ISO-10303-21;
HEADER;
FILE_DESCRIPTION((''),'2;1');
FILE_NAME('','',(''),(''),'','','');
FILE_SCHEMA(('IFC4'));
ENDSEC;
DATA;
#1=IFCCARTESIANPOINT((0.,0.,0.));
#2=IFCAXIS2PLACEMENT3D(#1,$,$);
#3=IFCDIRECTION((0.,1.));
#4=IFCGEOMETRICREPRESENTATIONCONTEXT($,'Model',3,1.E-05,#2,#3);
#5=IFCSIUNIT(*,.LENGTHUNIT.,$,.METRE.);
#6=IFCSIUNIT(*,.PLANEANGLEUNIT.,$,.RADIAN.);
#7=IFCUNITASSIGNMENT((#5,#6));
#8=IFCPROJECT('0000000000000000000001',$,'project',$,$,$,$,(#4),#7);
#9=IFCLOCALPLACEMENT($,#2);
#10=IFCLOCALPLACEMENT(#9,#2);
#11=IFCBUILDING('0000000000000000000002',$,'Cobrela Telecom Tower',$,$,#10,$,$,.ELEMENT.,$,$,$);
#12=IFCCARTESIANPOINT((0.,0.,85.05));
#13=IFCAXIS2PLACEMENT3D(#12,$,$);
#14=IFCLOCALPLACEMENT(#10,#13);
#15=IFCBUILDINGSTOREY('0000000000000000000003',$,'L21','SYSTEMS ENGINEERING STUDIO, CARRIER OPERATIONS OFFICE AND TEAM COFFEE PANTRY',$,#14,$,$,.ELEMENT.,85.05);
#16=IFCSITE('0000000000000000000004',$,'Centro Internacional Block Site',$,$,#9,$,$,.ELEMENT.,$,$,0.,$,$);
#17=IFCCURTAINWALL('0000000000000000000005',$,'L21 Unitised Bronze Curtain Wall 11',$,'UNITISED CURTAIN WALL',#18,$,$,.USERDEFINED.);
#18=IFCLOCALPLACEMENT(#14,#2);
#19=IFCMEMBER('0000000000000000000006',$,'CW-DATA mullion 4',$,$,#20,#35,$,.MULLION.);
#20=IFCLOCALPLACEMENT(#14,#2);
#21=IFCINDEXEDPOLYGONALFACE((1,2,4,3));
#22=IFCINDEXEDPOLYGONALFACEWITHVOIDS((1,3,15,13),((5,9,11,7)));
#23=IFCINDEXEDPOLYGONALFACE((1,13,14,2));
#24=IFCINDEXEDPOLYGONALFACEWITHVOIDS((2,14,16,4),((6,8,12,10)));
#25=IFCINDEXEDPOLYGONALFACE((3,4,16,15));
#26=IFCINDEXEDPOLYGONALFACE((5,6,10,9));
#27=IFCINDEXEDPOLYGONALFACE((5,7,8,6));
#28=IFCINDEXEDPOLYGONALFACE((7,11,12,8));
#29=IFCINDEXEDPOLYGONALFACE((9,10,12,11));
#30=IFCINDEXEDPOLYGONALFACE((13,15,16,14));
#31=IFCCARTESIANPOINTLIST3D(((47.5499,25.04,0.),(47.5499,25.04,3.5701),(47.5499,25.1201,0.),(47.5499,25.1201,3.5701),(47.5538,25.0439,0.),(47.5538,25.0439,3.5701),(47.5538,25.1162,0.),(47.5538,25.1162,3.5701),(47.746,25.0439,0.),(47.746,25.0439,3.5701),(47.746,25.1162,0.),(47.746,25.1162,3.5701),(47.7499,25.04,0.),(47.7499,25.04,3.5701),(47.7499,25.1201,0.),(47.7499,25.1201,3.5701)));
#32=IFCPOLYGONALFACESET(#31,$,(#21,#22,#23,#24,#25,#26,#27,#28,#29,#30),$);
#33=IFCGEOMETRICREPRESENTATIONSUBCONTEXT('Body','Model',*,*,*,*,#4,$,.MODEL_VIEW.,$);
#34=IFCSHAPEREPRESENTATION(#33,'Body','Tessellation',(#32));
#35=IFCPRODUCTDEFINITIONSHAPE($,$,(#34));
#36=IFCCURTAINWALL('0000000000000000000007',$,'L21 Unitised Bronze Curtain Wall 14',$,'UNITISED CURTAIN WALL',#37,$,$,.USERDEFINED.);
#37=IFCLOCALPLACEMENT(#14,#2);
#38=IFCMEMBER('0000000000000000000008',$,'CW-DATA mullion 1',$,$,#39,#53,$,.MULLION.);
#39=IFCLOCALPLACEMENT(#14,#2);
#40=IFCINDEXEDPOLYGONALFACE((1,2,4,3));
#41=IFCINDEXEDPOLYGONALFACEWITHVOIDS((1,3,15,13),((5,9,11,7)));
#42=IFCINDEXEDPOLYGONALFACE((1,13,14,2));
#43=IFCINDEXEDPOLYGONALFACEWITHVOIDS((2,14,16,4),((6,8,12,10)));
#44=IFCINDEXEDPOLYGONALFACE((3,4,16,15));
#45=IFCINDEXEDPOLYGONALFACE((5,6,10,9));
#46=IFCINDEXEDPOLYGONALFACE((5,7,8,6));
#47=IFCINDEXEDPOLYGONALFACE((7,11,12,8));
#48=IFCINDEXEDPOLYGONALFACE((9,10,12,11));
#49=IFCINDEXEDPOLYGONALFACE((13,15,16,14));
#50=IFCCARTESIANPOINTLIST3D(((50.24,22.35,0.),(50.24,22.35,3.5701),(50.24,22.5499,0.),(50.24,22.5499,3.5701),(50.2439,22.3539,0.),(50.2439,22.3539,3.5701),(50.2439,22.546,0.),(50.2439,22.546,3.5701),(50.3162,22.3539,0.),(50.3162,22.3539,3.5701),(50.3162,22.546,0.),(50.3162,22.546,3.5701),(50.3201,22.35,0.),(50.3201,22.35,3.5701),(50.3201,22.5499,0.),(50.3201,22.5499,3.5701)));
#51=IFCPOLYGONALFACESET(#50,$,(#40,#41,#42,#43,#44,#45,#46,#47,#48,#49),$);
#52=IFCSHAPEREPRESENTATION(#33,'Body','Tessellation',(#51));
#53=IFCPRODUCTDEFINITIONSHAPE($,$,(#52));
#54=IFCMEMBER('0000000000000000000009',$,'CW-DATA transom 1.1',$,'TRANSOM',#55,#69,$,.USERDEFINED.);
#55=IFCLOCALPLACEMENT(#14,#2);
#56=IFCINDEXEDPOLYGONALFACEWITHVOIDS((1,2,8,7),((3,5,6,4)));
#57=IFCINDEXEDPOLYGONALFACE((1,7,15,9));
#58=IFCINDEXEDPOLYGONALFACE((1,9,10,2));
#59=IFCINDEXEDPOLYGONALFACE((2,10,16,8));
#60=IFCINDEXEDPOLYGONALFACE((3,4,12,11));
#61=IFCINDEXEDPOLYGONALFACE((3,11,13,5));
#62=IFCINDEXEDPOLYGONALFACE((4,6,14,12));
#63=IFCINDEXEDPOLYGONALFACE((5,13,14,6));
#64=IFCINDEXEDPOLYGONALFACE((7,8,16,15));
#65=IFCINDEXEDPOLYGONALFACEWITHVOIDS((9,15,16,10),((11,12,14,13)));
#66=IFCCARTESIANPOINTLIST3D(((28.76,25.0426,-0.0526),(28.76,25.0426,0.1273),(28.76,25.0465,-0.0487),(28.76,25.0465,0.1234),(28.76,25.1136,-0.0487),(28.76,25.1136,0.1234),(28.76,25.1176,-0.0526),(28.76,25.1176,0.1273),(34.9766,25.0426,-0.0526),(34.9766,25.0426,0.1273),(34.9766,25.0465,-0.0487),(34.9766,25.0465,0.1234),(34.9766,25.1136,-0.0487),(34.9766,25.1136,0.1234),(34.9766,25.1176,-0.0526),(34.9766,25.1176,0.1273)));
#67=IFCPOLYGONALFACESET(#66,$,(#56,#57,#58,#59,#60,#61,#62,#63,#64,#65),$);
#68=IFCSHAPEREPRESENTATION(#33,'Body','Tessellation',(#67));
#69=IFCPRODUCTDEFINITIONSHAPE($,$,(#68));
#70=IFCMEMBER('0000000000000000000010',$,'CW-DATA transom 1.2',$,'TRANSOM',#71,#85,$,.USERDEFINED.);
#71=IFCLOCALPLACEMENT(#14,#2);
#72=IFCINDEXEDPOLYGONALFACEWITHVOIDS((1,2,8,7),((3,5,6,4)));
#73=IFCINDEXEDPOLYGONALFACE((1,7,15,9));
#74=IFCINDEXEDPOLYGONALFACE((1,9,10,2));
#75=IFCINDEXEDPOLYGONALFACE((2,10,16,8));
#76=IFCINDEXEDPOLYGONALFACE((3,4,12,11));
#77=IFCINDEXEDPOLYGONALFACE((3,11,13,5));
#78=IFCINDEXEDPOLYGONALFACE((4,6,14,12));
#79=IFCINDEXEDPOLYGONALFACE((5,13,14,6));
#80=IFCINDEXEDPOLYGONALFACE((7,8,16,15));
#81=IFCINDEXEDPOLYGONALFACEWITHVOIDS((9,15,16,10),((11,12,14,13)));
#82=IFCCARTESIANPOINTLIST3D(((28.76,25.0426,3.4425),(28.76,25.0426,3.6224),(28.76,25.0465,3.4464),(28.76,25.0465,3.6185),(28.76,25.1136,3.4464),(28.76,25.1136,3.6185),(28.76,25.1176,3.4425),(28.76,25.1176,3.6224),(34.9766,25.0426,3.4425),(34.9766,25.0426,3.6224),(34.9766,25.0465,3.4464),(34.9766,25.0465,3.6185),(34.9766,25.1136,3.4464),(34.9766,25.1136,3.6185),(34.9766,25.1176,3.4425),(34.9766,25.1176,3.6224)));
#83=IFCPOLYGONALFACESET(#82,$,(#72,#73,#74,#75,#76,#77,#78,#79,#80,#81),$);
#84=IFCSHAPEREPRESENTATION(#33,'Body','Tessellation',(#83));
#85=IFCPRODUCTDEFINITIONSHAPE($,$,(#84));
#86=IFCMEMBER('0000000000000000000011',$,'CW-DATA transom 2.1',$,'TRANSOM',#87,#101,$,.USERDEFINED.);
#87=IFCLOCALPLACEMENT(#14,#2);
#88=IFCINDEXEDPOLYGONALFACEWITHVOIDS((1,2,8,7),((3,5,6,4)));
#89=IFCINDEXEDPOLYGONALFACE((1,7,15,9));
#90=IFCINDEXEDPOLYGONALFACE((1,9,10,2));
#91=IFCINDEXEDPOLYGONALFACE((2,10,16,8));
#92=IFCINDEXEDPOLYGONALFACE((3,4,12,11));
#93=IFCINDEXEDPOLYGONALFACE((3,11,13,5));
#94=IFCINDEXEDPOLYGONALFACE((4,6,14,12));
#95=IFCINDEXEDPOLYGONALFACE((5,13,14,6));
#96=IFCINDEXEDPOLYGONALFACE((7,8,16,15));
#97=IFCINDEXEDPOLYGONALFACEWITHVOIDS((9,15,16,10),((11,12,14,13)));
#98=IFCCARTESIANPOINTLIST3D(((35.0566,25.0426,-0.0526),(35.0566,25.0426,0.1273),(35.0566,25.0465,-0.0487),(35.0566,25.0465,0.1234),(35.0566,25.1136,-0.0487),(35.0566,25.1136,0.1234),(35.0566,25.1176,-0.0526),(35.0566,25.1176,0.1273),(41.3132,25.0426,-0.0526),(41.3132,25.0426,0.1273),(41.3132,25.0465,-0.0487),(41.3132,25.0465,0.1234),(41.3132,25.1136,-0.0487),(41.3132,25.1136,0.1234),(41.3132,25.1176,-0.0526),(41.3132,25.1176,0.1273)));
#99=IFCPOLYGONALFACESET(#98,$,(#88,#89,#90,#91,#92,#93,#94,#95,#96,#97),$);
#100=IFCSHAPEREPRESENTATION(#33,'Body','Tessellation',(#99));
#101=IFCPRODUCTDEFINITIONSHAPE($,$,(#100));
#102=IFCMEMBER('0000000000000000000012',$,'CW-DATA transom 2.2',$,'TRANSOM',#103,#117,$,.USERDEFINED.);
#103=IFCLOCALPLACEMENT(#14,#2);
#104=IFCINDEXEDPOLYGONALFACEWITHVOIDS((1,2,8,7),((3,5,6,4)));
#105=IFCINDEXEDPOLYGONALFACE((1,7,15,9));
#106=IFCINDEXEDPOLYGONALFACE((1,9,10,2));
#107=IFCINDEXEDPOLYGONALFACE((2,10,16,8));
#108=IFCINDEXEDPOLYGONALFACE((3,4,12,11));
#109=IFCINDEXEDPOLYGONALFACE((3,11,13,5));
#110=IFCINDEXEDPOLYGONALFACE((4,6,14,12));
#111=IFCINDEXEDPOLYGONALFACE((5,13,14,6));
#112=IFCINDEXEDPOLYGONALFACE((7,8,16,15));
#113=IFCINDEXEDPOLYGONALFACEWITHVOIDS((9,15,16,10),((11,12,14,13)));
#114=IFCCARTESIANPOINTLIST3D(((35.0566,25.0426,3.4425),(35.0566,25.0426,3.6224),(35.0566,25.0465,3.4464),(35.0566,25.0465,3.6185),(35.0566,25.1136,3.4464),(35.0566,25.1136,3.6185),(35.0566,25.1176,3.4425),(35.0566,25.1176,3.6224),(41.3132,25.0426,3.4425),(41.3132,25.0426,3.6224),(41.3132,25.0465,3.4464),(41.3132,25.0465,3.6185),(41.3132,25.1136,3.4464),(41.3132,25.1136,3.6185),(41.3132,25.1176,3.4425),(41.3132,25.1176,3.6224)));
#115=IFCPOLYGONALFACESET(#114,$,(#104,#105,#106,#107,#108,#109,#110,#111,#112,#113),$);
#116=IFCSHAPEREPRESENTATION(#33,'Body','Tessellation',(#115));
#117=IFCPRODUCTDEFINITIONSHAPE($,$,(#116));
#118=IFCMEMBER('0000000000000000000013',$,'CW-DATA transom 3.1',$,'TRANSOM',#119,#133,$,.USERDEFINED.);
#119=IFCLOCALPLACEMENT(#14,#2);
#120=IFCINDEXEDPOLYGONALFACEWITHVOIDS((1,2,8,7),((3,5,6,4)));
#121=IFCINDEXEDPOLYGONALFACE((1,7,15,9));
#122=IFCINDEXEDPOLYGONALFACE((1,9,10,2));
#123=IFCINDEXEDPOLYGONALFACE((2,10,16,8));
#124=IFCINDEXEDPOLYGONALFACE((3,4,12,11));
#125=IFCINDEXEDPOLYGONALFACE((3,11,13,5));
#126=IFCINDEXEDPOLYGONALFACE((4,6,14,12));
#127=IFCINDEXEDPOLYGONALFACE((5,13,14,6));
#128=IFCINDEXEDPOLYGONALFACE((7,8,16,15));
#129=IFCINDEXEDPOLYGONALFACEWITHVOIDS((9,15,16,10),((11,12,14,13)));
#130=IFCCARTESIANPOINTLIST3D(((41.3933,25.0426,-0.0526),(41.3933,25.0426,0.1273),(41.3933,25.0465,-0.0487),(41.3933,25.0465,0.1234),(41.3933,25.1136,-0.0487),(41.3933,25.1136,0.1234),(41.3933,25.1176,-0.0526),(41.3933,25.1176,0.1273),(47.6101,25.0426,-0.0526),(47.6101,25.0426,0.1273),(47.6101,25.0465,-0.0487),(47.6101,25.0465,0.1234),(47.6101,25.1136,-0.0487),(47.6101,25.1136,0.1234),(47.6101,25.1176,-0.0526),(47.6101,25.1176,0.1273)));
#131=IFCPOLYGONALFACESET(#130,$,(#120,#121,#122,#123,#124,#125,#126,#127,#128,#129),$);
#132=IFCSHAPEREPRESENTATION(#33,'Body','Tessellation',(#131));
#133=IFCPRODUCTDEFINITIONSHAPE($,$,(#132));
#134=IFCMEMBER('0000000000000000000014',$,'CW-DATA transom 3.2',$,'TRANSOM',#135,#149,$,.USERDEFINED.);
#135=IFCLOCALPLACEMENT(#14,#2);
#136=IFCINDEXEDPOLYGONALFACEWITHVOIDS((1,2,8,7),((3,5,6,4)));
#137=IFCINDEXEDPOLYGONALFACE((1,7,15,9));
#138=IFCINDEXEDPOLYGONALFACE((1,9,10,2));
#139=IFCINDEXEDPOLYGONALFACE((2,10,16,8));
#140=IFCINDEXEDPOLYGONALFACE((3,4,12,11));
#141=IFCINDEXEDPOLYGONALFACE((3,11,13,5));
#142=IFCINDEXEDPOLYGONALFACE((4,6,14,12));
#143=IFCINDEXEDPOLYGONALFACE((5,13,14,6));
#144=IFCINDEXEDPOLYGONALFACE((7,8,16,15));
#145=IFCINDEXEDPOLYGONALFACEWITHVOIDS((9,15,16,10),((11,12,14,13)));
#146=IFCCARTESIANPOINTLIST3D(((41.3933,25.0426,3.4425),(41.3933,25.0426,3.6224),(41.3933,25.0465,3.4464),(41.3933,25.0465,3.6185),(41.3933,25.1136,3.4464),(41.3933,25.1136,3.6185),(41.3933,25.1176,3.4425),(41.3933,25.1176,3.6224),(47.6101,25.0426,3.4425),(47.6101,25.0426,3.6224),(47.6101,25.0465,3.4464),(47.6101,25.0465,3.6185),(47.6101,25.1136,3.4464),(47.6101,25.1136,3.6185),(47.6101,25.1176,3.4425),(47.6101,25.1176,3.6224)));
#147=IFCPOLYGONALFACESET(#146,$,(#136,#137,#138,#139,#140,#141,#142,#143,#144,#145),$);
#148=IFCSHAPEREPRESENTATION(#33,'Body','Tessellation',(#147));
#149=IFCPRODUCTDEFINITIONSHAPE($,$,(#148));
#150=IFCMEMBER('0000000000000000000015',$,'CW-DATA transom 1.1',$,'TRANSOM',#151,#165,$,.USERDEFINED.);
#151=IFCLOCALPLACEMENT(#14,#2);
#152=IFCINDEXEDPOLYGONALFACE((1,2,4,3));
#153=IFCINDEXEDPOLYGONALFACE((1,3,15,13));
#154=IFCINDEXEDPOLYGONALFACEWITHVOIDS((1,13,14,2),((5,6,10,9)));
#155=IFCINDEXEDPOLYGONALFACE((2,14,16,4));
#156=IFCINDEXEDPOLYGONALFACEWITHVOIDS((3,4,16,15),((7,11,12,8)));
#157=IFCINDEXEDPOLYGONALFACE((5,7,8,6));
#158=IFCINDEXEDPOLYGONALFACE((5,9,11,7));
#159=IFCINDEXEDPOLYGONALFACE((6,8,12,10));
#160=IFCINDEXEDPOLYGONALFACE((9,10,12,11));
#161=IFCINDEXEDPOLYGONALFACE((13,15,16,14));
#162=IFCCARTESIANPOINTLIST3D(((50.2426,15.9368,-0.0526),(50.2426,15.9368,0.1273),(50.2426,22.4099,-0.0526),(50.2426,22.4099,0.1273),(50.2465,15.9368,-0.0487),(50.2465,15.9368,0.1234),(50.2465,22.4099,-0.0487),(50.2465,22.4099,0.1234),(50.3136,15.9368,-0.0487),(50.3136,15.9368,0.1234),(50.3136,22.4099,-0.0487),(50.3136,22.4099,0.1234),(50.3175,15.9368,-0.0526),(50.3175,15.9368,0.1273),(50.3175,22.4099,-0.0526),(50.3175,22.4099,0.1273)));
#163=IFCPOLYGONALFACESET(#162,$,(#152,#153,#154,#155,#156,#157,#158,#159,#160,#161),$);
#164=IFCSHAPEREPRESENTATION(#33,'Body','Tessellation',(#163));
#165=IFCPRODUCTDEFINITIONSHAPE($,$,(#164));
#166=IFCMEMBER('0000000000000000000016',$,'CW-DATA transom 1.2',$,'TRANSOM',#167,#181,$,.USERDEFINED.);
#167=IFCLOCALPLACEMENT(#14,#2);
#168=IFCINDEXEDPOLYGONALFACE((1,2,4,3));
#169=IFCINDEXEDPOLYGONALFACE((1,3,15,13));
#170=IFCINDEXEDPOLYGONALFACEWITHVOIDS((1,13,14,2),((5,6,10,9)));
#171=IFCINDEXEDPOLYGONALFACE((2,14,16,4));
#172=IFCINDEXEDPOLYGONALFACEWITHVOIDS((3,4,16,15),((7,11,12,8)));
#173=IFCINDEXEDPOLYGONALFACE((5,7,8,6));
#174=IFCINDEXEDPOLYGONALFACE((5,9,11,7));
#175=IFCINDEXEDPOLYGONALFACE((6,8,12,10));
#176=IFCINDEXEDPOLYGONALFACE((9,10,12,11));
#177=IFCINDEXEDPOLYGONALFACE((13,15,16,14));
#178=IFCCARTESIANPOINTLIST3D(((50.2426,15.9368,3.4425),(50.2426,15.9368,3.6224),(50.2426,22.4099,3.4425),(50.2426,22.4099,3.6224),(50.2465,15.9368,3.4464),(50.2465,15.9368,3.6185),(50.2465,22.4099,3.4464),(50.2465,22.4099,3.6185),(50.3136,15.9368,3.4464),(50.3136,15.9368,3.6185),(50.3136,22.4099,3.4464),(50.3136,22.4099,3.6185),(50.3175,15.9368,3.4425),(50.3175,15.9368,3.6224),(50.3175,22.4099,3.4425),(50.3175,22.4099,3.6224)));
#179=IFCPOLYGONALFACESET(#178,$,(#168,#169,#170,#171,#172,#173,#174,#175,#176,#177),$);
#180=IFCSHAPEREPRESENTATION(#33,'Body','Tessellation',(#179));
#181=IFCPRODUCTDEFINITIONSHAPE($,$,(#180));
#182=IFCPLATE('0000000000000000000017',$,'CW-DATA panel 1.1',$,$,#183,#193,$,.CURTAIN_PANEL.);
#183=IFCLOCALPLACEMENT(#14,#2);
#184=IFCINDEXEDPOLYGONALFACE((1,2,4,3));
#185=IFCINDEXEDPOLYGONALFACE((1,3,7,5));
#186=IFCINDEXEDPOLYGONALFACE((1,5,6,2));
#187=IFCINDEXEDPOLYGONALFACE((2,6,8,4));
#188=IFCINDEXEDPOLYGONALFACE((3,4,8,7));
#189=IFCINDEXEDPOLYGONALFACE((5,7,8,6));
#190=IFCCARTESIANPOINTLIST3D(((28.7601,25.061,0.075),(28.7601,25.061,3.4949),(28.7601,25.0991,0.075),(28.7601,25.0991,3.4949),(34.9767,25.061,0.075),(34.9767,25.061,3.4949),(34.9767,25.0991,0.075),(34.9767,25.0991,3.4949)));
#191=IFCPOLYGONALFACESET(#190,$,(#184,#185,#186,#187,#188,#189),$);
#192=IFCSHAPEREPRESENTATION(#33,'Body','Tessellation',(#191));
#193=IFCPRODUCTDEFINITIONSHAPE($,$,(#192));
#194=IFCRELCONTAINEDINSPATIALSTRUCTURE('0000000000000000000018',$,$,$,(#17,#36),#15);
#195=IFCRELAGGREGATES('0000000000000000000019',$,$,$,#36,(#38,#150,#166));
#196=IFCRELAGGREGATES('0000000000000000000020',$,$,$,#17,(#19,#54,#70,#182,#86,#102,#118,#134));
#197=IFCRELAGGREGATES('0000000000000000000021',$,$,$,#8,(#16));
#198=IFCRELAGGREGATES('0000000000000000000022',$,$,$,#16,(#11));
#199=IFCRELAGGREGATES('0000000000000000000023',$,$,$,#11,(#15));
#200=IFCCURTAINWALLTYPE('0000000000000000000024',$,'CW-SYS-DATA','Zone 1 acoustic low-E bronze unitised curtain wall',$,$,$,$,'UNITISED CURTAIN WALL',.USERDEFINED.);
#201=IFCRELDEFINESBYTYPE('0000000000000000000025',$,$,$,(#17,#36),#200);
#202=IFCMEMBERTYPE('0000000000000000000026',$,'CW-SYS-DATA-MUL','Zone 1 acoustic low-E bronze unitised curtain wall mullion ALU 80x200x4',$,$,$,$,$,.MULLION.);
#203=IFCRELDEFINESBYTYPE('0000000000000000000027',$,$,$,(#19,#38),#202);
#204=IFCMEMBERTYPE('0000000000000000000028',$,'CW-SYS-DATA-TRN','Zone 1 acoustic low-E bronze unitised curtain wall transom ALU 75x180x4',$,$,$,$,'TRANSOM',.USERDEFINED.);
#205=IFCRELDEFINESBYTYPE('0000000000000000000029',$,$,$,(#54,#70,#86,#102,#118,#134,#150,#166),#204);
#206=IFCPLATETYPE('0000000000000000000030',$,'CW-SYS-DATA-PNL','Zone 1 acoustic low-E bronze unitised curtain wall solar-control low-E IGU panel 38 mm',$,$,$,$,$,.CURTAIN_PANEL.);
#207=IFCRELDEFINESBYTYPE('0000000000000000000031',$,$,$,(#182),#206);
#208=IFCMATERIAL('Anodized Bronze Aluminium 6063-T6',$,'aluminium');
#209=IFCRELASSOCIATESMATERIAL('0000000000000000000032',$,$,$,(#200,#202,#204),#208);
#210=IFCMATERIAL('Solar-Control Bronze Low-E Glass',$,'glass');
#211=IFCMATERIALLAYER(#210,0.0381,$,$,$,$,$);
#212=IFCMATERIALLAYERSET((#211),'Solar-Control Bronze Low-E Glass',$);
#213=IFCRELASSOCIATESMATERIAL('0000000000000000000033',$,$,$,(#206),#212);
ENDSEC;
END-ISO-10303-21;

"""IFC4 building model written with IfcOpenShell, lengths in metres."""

from ifc_helpers import new_model, si_unit, direction, frame, origin, origin_2d, place, context, subcontext, project, spatial, rectangle, hollow_rectangle, extrude, material, layer, layer_set, material_profile, profile_set, type_object, element, aggregate, save


model = new_model("IFC4")

# Units and contexts
model_context = context("Model", 3, precision=1e-05, world=origin(), true_north=direction((0.0, 1.0)))
body_context = subcontext(model_context, "Body", "Model", "MODEL_VIEW")
ifc_project = project(units=[si_unit("LENGTHUNIT", "METRE"), si_unit("PLANEANGLEUNIT", "RADIAN")], contexts=[model_context])

# Site, building, storey
site_placement = place(None, origin())
site = spatial("IfcSite", under=ifc_project, at=site_placement, Name="Centro Internacional Block Site", CompositionType="ELEMENT", RefElevation=0.0)
building_placement = place(site_placement, origin())
building = spatial("IfcBuilding", under=site, at=building_placement, Name="Cobrela Telecom Tower", CompositionType="ELEMENT")
storey_placement = place(building_placement, frame((0.0, 0.0, 85.05)))
storey = spatial("IfcBuildingStorey", under=building, at=storey_placement, Name="L21", Description="SYSTEMS ENGINEERING STUDIO, CARRIER OPERATIONS OFFICE AND TEAM COFFEE PANTRY", CompositionType="ELEMENT", Elevation=85.05)

# Shared definitions
ifc_material_1 = material(Name="Anodized Bronze Aluminium 6063-T6", Category="aluminium")
curtain_wall_type = type_object("IfcCurtainWallType", Name="CW-SYS-DATA", Description="Zone 1 acoustic low-E bronze unitised curtain wall", ElementType="UNITISED CURTAIN WALL", PredefinedType="USERDEFINED", material=ifc_material_1)
ifc_material_profile_1 = material_profile(ifc_material_1, hollow_rectangle(XDim=0.0801, YDim=0.2, WallThickness=0.0039, at=origin_2d()), Name="ALU 80x200x4")
ifc_profile_set_1 = profile_set([ifc_material_profile_1], Name="Anodized Bronze Aluminium 6063-T6")
member_type_1 = type_object("IfcMemberType", Name="CW-SYS-DATA-MUL", Description="Zone 1 acoustic low-E bronze unitised curtain wall mullion ALU 80x200x4", PredefinedType="MULLION", material=ifc_profile_set_1)

# Curtain wall, member
curtain_wall_1_placement = place(storey_placement, origin())
curtain_wall_1 = element("IfcCurtainWall", 1, at=curtain_wall_1_placement, inside=storey, type_object=curtain_wall_type, Name="L21 Unitised Bronze Curtain Wall 11", ObjectType="UNITISED CURTAIN WALL", PredefinedType="USERDEFINED")
member_1_placement = place(storey_placement, frame((47.6499, 25.0801, 0.0), z_axis=(0.0, 0.0, 1.0), x_axis=(0.0, 1.0, 0.0)))
member_1 = element("IfcMember", 2, at=member_1_placement, type_object=member_type_1, Name="CW-DATA mullion 4", PredefinedType="MULLION", context=body_context, shape_type="SweptSolid", body=[
    extrude(hollow_rectangle(XDim=0.0801, YDim=0.2, WallThickness=0.0039, at=origin_2d()), origin(), (0.0, 0.0, 1.0), 3.5701),
])

# Curtain wall, member
curtain_wall_2_placement = place(storey_placement, origin())
curtain_wall_2 = element("IfcCurtainWall", 3, at=curtain_wall_2_placement, inside=storey, type_object=curtain_wall_type, Name="L21 Unitised Bronze Curtain Wall 14", ObjectType="UNITISED CURTAIN WALL", PredefinedType="USERDEFINED")
member_2_placement = place(storey_placement, frame((50.28, 22.45, 0.0), z_axis=(0.0, 0.0, 1.0), x_axis=(1.0, 0.0, 0.0)))
member_2 = element("IfcMember", 4, at=member_2_placement, type_object=member_type_1, Name="CW-DATA mullion 1", PredefinedType="MULLION", context=body_context, shape_type="SweptSolid", body=[
    extrude(hollow_rectangle(XDim=0.0801, YDim=0.2, WallThickness=0.0039, at=origin_2d()), origin(), (0.0, 0.0, 1.0), 3.5701),
])

# Members
ifc_material_profile_2 = material_profile(ifc_material_1, hollow_rectangle(XDim=0.075, YDim=0.1799, WallThickness=0.0039, at=origin_2d()), Name="ALU 75x180x4")
ifc_profile_set_2 = profile_set([ifc_material_profile_2], Name="Anodized Bronze Aluminium 6063-T6")
member_type_2 = type_object("IfcMemberType", Name="CW-SYS-DATA-TRN", Description="Zone 1 acoustic low-E bronze unitised curtain wall transom ALU 75x180x4", ElementType="TRANSOM", PredefinedType="USERDEFINED", material=ifc_profile_set_2)
member_3_placement = place(storey_placement, frame((28.76, 25.0801, 0.0374), z_axis=(1.0, 0.0, 0.0), x_axis=(0.0, 1.0, 0.0)))
member_3 = element("IfcMember", 5, at=member_3_placement, type_object=member_type_2, Name="CW-DATA transom 1.1", ObjectType="TRANSOM", PredefinedType="USERDEFINED", context=body_context, shape_type="SweptSolid", body=[
    extrude(hollow_rectangle(XDim=0.075, YDim=0.1799, WallThickness=0.0039, at=origin_2d()), origin(), (0.0, 0.0, 1.0), 6.2166),
])
member_4_placement = place(storey_placement, frame((28.76, 25.0801, 3.5325), z_axis=(1.0, 0.0, 0.0), x_axis=(0.0, 1.0, 0.0)))
member_4 = element("IfcMember", 6, at=member_4_placement, type_object=member_type_2, Name="CW-DATA transom 1.2", ObjectType="TRANSOM", PredefinedType="USERDEFINED", context=body_context, shape_type="SweptSolid", body=[
    extrude(hollow_rectangle(XDim=0.075, YDim=0.1799, WallThickness=0.0039, at=origin_2d()), origin(), (0.0, 0.0, 1.0), 6.2166),
])
member_5_placement = place(storey_placement, frame((35.0566, 25.0801, 0.0374), z_axis=(1.0, 0.0, 0.0), x_axis=(0.0, 1.0, 0.0)))
member_5 = element("IfcMember", 7, at=member_5_placement, type_object=member_type_2, Name="CW-DATA transom 2.1", ObjectType="TRANSOM", PredefinedType="USERDEFINED", context=body_context, shape_type="SweptSolid", body=[
    extrude(hollow_rectangle(XDim=0.075, YDim=0.1799, WallThickness=0.0039, at=origin_2d()), origin(), (0.0, 0.0, 1.0), 6.2566),
])
member_6_placement = place(storey_placement, frame((35.0566, 25.0801, 3.5325), z_axis=(1.0, 0.0, 0.0), x_axis=(0.0, 1.0, 0.0)))
member_6 = element("IfcMember", 8, at=member_6_placement, type_object=member_type_2, Name="CW-DATA transom 2.2", ObjectType="TRANSOM", PredefinedType="USERDEFINED", context=body_context, shape_type="SweptSolid", body=[
    extrude(hollow_rectangle(XDim=0.075, YDim=0.1799, WallThickness=0.0039, at=origin_2d()), origin(), (0.0, 0.0, 1.0), 6.2566),
])
member_7_placement = place(storey_placement, frame((41.3933, 25.0801, 0.0374), z_axis=(1.0, 0.0, 0.0), x_axis=(0.0, 1.0, 0.0)))
member_7 = element("IfcMember", 9, at=member_7_placement, type_object=member_type_2, Name="CW-DATA transom 3.1", ObjectType="TRANSOM", PredefinedType="USERDEFINED", context=body_context, shape_type="SweptSolid", body=[
    extrude(hollow_rectangle(XDim=0.075, YDim=0.1799, WallThickness=0.0039, at=origin_2d()), origin(), (0.0, 0.0, 1.0), 6.2168),
])
member_8_placement = place(storey_placement, frame((41.3933, 25.0801, 3.5325), z_axis=(1.0, 0.0, 0.0), x_axis=(0.0, 1.0, 0.0)))
member_8 = element("IfcMember", 10, at=member_8_placement, type_object=member_type_2, Name="CW-DATA transom 3.2", ObjectType="TRANSOM", PredefinedType="USERDEFINED", context=body_context, shape_type="SweptSolid", body=[
    extrude(hollow_rectangle(XDim=0.075, YDim=0.1799, WallThickness=0.0039, at=origin_2d()), origin(), (0.0, 0.0, 1.0), 6.2168),
])
member_9_placement = place(storey_placement, frame((50.28, 22.4099, 0.0374), z_axis=(0.0, -1.0, 0.0), x_axis=(1.0, 0.0, 0.0)))
member_9 = element("IfcMember", 11, at=member_9_placement, type_object=member_type_2, Name="CW-DATA transom 1.1", ObjectType="TRANSOM", PredefinedType="USERDEFINED", context=body_context, shape_type="SweptSolid", body=[
    extrude(hollow_rectangle(XDim=0.075, YDim=0.1799, WallThickness=0.0039, at=origin_2d()), origin(), (0.0, 0.0, 1.0), 6.4731),
])
member_10_placement = place(storey_placement, frame((50.28, 22.4099, 3.5325), z_axis=(0.0, -1.0, 0.0), x_axis=(1.0, 0.0, 0.0)))
member_10 = element("IfcMember", 12, at=member_10_placement, type_object=member_type_2, Name="CW-DATA transom 1.2", ObjectType="TRANSOM", PredefinedType="USERDEFINED", context=body_context, shape_type="SweptSolid", body=[
    extrude(hollow_rectangle(XDim=0.075, YDim=0.1799, WallThickness=0.0039, at=origin_2d()), origin(), (0.0, 0.0, 1.0), 6.4731),
])
aggregate(curtain_wall_2, [member_2, member_9, member_10])

# Plate
ifc_material_2 = material(Name="Solar-Control Bronze Low-E Glass", Category="glass")
ifc_layer_1 = layer(ifc_material_2, 0.0381)
ifc_layer_set_1 = layer_set([ifc_layer_1], Name="Solar-Control Bronze Low-E Glass")
plate_type = type_object("IfcPlateType", Name="CW-SYS-DATA-PNL", Description="Zone 1 acoustic low-E bronze unitised curtain wall solar-control low-E IGU panel 38 mm", PredefinedType="CURTAIN_PANEL", material=ifc_layer_set_1)
plate_1_placement = place(storey_placement, frame((31.8684, 25.0801, 0.075), z_axis=(0.0, 0.0, 1.0), x_axis=(1.0, 0.0, 0.0)))
plate_1 = element("IfcPlate", 13, at=plate_1_placement, type_object=plate_type, Name="CW-DATA panel 1.1", PredefinedType="CURTAIN_PANEL", context=body_context, shape_type="SweptSolid", body=[
    extrude(rectangle(XDim=6.2166, YDim=0.0381, at=origin_2d()), origin(), (0.0, 0.0, 1.0), 3.4199),
])
aggregate(curtain_wall_1, [member_1, member_3, member_4, plate_1, member_5, member_6, member_7, member_8])

save(model, "model.ifc")
